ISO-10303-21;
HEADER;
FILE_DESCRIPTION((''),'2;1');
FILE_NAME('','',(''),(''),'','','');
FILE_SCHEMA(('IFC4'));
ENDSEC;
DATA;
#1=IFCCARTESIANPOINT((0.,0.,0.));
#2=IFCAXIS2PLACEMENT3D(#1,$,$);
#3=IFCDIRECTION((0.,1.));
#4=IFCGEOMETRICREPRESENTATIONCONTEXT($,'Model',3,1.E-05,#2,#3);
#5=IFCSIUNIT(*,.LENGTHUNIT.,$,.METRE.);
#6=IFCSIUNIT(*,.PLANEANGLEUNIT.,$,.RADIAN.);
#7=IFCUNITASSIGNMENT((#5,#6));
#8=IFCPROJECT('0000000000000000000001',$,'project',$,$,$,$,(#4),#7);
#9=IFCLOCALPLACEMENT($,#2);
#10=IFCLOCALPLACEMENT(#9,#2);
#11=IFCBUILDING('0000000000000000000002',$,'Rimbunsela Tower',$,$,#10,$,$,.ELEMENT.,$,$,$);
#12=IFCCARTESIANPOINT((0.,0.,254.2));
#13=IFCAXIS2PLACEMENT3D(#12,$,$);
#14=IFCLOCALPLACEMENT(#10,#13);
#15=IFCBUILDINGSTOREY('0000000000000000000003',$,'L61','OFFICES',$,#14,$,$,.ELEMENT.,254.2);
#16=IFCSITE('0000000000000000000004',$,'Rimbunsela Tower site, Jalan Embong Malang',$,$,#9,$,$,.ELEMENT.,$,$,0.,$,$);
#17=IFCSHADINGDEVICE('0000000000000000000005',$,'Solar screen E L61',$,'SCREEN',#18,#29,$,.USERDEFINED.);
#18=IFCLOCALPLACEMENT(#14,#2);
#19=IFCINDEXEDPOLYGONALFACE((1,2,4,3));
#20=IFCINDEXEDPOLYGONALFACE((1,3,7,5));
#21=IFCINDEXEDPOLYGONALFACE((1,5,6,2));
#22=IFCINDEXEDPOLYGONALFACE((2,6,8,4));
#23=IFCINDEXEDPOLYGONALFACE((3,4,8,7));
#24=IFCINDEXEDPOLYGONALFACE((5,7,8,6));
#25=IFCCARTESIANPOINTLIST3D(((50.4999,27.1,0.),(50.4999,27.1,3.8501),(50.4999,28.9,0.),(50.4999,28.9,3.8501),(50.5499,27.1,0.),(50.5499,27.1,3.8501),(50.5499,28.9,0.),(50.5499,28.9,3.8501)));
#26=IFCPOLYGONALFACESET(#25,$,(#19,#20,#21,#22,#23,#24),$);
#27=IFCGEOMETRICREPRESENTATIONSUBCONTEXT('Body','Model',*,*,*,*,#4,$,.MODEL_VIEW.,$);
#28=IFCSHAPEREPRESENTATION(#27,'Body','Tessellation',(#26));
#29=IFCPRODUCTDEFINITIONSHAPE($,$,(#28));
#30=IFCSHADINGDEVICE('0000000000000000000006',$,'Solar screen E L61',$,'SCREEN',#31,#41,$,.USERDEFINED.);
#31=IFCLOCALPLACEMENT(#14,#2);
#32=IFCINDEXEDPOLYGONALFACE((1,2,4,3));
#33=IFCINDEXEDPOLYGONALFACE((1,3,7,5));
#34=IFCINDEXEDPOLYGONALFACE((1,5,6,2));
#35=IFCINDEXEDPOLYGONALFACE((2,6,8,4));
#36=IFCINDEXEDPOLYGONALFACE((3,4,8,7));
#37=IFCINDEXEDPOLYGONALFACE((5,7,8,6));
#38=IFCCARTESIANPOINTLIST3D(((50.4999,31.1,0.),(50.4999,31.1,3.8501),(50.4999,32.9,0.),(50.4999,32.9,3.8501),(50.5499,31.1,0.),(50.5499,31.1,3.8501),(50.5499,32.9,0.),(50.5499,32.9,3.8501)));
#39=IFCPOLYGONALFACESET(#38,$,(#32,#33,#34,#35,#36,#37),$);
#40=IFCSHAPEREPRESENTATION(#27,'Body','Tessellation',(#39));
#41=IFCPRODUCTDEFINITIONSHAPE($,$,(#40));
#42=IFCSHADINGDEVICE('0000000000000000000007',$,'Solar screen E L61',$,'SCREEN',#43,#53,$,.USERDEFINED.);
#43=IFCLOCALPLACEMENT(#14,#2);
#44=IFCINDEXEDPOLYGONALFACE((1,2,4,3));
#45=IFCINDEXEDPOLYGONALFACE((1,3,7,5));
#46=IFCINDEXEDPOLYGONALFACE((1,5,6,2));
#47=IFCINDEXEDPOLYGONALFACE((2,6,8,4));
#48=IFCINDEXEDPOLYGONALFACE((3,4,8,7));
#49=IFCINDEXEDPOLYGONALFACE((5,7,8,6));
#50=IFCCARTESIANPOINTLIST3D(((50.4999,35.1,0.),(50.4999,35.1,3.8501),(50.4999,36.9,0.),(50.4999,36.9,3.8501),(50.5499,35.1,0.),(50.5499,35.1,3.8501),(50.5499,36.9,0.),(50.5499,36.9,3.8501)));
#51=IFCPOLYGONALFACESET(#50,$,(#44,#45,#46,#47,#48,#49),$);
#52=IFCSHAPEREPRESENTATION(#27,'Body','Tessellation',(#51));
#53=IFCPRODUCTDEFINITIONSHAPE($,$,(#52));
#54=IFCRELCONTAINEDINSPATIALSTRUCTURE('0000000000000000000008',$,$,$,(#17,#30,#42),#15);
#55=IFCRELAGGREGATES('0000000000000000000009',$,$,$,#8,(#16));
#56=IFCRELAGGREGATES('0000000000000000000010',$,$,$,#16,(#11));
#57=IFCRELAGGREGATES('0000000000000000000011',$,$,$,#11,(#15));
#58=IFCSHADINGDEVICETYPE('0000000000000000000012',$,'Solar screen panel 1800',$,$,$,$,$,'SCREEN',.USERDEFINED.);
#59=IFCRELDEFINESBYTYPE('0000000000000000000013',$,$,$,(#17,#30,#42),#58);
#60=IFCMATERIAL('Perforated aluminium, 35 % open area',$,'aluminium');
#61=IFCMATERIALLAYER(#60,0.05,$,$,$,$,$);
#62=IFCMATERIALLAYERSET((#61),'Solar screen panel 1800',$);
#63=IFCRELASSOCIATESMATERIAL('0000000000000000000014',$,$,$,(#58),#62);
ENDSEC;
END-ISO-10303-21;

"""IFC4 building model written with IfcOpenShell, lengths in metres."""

from ifc_helpers import new_model, si_unit, direction, frame, origin, origin_2d, place, context, subcontext, project, spatial, rectangle, extrude, material, layer, layer_set, type_object, element, save


model = new_model("IFC4")

# Units and contexts
model_context = context("Model", 3, precision=1e-05, world=origin(), true_north=direction((0.0, 1.0)))
body_context = subcontext(model_context, "Body", "Model", "MODEL_VIEW")
ifc_project = project(units=[si_unit("LENGTHUNIT", "METRE"), si_unit("PLANEANGLEUNIT", "RADIAN")], contexts=[model_context])

# Site, building, storey
site_placement = place(None, origin())
site = spatial("IfcSite", under=ifc_project, at=site_placement, Name="Rimbunsela Tower site, Jalan Embong Malang", CompositionType="ELEMENT", RefElevation=0.0)
building_placement = place(site_placement, origin())
building = spatial("IfcBuilding", under=site, at=building_placement, Name="Rimbunsela Tower", CompositionType="ELEMENT")
storey_placement = place(building_placement, frame((0.0, 0.0, 254.2)))
storey = spatial("IfcBuildingStorey", under=building, at=storey_placement, Name="L61", Description="OFFICES", CompositionType="ELEMENT", Elevation=254.2)

# Shading devices
ifc_material_1 = material(Name="Perforated aluminium, 35 % open area", Category="aluminium")
ifc_layer_1 = layer(ifc_material_1, 0.05)
ifc_layer_set_1 = layer_set([ifc_layer_1], Name="Solar screen panel 1800")
shading_device_type = type_object("IfcShadingDeviceType", Name="Solar screen panel 1800", ElementType="SCREEN", PredefinedType="USERDEFINED", material=ifc_layer_set_1)
for number, where, z_axis, x_axis, name in (
    (1, (50.5249, 28.0, 0.0), (0.0, 0.0, 1.0), (0.0, 1.0, 0.0), "Solar screen E L61"),
    (2, (50.5249, 32.0, 0.0), (0.0, 0.0, 1.0), (0.0, 1.0, 0.0), "Solar screen E L61"),
    (3, (50.5249, 36.0, 0.0), (0.0, 0.0, 1.0), (0.0, 1.0, 0.0), "Solar screen E L61"),
):
    element("IfcShadingDevice", number, at=place(storey_placement, frame(where, z_axis=z_axis, x_axis=x_axis)), inside=storey, type_object=shading_device_type, Name=name, ObjectType="SCREEN", PredefinedType="USERDEFINED", context=body_context, shape_type="SweptSolid", body=[
        extrude(rectangle(XDim=1.8, YDim=0.05, at=origin_2d()), origin(), (0.0, 0.0, 1.0), 3.8501),
    ])

save(model, "model.ifc")
